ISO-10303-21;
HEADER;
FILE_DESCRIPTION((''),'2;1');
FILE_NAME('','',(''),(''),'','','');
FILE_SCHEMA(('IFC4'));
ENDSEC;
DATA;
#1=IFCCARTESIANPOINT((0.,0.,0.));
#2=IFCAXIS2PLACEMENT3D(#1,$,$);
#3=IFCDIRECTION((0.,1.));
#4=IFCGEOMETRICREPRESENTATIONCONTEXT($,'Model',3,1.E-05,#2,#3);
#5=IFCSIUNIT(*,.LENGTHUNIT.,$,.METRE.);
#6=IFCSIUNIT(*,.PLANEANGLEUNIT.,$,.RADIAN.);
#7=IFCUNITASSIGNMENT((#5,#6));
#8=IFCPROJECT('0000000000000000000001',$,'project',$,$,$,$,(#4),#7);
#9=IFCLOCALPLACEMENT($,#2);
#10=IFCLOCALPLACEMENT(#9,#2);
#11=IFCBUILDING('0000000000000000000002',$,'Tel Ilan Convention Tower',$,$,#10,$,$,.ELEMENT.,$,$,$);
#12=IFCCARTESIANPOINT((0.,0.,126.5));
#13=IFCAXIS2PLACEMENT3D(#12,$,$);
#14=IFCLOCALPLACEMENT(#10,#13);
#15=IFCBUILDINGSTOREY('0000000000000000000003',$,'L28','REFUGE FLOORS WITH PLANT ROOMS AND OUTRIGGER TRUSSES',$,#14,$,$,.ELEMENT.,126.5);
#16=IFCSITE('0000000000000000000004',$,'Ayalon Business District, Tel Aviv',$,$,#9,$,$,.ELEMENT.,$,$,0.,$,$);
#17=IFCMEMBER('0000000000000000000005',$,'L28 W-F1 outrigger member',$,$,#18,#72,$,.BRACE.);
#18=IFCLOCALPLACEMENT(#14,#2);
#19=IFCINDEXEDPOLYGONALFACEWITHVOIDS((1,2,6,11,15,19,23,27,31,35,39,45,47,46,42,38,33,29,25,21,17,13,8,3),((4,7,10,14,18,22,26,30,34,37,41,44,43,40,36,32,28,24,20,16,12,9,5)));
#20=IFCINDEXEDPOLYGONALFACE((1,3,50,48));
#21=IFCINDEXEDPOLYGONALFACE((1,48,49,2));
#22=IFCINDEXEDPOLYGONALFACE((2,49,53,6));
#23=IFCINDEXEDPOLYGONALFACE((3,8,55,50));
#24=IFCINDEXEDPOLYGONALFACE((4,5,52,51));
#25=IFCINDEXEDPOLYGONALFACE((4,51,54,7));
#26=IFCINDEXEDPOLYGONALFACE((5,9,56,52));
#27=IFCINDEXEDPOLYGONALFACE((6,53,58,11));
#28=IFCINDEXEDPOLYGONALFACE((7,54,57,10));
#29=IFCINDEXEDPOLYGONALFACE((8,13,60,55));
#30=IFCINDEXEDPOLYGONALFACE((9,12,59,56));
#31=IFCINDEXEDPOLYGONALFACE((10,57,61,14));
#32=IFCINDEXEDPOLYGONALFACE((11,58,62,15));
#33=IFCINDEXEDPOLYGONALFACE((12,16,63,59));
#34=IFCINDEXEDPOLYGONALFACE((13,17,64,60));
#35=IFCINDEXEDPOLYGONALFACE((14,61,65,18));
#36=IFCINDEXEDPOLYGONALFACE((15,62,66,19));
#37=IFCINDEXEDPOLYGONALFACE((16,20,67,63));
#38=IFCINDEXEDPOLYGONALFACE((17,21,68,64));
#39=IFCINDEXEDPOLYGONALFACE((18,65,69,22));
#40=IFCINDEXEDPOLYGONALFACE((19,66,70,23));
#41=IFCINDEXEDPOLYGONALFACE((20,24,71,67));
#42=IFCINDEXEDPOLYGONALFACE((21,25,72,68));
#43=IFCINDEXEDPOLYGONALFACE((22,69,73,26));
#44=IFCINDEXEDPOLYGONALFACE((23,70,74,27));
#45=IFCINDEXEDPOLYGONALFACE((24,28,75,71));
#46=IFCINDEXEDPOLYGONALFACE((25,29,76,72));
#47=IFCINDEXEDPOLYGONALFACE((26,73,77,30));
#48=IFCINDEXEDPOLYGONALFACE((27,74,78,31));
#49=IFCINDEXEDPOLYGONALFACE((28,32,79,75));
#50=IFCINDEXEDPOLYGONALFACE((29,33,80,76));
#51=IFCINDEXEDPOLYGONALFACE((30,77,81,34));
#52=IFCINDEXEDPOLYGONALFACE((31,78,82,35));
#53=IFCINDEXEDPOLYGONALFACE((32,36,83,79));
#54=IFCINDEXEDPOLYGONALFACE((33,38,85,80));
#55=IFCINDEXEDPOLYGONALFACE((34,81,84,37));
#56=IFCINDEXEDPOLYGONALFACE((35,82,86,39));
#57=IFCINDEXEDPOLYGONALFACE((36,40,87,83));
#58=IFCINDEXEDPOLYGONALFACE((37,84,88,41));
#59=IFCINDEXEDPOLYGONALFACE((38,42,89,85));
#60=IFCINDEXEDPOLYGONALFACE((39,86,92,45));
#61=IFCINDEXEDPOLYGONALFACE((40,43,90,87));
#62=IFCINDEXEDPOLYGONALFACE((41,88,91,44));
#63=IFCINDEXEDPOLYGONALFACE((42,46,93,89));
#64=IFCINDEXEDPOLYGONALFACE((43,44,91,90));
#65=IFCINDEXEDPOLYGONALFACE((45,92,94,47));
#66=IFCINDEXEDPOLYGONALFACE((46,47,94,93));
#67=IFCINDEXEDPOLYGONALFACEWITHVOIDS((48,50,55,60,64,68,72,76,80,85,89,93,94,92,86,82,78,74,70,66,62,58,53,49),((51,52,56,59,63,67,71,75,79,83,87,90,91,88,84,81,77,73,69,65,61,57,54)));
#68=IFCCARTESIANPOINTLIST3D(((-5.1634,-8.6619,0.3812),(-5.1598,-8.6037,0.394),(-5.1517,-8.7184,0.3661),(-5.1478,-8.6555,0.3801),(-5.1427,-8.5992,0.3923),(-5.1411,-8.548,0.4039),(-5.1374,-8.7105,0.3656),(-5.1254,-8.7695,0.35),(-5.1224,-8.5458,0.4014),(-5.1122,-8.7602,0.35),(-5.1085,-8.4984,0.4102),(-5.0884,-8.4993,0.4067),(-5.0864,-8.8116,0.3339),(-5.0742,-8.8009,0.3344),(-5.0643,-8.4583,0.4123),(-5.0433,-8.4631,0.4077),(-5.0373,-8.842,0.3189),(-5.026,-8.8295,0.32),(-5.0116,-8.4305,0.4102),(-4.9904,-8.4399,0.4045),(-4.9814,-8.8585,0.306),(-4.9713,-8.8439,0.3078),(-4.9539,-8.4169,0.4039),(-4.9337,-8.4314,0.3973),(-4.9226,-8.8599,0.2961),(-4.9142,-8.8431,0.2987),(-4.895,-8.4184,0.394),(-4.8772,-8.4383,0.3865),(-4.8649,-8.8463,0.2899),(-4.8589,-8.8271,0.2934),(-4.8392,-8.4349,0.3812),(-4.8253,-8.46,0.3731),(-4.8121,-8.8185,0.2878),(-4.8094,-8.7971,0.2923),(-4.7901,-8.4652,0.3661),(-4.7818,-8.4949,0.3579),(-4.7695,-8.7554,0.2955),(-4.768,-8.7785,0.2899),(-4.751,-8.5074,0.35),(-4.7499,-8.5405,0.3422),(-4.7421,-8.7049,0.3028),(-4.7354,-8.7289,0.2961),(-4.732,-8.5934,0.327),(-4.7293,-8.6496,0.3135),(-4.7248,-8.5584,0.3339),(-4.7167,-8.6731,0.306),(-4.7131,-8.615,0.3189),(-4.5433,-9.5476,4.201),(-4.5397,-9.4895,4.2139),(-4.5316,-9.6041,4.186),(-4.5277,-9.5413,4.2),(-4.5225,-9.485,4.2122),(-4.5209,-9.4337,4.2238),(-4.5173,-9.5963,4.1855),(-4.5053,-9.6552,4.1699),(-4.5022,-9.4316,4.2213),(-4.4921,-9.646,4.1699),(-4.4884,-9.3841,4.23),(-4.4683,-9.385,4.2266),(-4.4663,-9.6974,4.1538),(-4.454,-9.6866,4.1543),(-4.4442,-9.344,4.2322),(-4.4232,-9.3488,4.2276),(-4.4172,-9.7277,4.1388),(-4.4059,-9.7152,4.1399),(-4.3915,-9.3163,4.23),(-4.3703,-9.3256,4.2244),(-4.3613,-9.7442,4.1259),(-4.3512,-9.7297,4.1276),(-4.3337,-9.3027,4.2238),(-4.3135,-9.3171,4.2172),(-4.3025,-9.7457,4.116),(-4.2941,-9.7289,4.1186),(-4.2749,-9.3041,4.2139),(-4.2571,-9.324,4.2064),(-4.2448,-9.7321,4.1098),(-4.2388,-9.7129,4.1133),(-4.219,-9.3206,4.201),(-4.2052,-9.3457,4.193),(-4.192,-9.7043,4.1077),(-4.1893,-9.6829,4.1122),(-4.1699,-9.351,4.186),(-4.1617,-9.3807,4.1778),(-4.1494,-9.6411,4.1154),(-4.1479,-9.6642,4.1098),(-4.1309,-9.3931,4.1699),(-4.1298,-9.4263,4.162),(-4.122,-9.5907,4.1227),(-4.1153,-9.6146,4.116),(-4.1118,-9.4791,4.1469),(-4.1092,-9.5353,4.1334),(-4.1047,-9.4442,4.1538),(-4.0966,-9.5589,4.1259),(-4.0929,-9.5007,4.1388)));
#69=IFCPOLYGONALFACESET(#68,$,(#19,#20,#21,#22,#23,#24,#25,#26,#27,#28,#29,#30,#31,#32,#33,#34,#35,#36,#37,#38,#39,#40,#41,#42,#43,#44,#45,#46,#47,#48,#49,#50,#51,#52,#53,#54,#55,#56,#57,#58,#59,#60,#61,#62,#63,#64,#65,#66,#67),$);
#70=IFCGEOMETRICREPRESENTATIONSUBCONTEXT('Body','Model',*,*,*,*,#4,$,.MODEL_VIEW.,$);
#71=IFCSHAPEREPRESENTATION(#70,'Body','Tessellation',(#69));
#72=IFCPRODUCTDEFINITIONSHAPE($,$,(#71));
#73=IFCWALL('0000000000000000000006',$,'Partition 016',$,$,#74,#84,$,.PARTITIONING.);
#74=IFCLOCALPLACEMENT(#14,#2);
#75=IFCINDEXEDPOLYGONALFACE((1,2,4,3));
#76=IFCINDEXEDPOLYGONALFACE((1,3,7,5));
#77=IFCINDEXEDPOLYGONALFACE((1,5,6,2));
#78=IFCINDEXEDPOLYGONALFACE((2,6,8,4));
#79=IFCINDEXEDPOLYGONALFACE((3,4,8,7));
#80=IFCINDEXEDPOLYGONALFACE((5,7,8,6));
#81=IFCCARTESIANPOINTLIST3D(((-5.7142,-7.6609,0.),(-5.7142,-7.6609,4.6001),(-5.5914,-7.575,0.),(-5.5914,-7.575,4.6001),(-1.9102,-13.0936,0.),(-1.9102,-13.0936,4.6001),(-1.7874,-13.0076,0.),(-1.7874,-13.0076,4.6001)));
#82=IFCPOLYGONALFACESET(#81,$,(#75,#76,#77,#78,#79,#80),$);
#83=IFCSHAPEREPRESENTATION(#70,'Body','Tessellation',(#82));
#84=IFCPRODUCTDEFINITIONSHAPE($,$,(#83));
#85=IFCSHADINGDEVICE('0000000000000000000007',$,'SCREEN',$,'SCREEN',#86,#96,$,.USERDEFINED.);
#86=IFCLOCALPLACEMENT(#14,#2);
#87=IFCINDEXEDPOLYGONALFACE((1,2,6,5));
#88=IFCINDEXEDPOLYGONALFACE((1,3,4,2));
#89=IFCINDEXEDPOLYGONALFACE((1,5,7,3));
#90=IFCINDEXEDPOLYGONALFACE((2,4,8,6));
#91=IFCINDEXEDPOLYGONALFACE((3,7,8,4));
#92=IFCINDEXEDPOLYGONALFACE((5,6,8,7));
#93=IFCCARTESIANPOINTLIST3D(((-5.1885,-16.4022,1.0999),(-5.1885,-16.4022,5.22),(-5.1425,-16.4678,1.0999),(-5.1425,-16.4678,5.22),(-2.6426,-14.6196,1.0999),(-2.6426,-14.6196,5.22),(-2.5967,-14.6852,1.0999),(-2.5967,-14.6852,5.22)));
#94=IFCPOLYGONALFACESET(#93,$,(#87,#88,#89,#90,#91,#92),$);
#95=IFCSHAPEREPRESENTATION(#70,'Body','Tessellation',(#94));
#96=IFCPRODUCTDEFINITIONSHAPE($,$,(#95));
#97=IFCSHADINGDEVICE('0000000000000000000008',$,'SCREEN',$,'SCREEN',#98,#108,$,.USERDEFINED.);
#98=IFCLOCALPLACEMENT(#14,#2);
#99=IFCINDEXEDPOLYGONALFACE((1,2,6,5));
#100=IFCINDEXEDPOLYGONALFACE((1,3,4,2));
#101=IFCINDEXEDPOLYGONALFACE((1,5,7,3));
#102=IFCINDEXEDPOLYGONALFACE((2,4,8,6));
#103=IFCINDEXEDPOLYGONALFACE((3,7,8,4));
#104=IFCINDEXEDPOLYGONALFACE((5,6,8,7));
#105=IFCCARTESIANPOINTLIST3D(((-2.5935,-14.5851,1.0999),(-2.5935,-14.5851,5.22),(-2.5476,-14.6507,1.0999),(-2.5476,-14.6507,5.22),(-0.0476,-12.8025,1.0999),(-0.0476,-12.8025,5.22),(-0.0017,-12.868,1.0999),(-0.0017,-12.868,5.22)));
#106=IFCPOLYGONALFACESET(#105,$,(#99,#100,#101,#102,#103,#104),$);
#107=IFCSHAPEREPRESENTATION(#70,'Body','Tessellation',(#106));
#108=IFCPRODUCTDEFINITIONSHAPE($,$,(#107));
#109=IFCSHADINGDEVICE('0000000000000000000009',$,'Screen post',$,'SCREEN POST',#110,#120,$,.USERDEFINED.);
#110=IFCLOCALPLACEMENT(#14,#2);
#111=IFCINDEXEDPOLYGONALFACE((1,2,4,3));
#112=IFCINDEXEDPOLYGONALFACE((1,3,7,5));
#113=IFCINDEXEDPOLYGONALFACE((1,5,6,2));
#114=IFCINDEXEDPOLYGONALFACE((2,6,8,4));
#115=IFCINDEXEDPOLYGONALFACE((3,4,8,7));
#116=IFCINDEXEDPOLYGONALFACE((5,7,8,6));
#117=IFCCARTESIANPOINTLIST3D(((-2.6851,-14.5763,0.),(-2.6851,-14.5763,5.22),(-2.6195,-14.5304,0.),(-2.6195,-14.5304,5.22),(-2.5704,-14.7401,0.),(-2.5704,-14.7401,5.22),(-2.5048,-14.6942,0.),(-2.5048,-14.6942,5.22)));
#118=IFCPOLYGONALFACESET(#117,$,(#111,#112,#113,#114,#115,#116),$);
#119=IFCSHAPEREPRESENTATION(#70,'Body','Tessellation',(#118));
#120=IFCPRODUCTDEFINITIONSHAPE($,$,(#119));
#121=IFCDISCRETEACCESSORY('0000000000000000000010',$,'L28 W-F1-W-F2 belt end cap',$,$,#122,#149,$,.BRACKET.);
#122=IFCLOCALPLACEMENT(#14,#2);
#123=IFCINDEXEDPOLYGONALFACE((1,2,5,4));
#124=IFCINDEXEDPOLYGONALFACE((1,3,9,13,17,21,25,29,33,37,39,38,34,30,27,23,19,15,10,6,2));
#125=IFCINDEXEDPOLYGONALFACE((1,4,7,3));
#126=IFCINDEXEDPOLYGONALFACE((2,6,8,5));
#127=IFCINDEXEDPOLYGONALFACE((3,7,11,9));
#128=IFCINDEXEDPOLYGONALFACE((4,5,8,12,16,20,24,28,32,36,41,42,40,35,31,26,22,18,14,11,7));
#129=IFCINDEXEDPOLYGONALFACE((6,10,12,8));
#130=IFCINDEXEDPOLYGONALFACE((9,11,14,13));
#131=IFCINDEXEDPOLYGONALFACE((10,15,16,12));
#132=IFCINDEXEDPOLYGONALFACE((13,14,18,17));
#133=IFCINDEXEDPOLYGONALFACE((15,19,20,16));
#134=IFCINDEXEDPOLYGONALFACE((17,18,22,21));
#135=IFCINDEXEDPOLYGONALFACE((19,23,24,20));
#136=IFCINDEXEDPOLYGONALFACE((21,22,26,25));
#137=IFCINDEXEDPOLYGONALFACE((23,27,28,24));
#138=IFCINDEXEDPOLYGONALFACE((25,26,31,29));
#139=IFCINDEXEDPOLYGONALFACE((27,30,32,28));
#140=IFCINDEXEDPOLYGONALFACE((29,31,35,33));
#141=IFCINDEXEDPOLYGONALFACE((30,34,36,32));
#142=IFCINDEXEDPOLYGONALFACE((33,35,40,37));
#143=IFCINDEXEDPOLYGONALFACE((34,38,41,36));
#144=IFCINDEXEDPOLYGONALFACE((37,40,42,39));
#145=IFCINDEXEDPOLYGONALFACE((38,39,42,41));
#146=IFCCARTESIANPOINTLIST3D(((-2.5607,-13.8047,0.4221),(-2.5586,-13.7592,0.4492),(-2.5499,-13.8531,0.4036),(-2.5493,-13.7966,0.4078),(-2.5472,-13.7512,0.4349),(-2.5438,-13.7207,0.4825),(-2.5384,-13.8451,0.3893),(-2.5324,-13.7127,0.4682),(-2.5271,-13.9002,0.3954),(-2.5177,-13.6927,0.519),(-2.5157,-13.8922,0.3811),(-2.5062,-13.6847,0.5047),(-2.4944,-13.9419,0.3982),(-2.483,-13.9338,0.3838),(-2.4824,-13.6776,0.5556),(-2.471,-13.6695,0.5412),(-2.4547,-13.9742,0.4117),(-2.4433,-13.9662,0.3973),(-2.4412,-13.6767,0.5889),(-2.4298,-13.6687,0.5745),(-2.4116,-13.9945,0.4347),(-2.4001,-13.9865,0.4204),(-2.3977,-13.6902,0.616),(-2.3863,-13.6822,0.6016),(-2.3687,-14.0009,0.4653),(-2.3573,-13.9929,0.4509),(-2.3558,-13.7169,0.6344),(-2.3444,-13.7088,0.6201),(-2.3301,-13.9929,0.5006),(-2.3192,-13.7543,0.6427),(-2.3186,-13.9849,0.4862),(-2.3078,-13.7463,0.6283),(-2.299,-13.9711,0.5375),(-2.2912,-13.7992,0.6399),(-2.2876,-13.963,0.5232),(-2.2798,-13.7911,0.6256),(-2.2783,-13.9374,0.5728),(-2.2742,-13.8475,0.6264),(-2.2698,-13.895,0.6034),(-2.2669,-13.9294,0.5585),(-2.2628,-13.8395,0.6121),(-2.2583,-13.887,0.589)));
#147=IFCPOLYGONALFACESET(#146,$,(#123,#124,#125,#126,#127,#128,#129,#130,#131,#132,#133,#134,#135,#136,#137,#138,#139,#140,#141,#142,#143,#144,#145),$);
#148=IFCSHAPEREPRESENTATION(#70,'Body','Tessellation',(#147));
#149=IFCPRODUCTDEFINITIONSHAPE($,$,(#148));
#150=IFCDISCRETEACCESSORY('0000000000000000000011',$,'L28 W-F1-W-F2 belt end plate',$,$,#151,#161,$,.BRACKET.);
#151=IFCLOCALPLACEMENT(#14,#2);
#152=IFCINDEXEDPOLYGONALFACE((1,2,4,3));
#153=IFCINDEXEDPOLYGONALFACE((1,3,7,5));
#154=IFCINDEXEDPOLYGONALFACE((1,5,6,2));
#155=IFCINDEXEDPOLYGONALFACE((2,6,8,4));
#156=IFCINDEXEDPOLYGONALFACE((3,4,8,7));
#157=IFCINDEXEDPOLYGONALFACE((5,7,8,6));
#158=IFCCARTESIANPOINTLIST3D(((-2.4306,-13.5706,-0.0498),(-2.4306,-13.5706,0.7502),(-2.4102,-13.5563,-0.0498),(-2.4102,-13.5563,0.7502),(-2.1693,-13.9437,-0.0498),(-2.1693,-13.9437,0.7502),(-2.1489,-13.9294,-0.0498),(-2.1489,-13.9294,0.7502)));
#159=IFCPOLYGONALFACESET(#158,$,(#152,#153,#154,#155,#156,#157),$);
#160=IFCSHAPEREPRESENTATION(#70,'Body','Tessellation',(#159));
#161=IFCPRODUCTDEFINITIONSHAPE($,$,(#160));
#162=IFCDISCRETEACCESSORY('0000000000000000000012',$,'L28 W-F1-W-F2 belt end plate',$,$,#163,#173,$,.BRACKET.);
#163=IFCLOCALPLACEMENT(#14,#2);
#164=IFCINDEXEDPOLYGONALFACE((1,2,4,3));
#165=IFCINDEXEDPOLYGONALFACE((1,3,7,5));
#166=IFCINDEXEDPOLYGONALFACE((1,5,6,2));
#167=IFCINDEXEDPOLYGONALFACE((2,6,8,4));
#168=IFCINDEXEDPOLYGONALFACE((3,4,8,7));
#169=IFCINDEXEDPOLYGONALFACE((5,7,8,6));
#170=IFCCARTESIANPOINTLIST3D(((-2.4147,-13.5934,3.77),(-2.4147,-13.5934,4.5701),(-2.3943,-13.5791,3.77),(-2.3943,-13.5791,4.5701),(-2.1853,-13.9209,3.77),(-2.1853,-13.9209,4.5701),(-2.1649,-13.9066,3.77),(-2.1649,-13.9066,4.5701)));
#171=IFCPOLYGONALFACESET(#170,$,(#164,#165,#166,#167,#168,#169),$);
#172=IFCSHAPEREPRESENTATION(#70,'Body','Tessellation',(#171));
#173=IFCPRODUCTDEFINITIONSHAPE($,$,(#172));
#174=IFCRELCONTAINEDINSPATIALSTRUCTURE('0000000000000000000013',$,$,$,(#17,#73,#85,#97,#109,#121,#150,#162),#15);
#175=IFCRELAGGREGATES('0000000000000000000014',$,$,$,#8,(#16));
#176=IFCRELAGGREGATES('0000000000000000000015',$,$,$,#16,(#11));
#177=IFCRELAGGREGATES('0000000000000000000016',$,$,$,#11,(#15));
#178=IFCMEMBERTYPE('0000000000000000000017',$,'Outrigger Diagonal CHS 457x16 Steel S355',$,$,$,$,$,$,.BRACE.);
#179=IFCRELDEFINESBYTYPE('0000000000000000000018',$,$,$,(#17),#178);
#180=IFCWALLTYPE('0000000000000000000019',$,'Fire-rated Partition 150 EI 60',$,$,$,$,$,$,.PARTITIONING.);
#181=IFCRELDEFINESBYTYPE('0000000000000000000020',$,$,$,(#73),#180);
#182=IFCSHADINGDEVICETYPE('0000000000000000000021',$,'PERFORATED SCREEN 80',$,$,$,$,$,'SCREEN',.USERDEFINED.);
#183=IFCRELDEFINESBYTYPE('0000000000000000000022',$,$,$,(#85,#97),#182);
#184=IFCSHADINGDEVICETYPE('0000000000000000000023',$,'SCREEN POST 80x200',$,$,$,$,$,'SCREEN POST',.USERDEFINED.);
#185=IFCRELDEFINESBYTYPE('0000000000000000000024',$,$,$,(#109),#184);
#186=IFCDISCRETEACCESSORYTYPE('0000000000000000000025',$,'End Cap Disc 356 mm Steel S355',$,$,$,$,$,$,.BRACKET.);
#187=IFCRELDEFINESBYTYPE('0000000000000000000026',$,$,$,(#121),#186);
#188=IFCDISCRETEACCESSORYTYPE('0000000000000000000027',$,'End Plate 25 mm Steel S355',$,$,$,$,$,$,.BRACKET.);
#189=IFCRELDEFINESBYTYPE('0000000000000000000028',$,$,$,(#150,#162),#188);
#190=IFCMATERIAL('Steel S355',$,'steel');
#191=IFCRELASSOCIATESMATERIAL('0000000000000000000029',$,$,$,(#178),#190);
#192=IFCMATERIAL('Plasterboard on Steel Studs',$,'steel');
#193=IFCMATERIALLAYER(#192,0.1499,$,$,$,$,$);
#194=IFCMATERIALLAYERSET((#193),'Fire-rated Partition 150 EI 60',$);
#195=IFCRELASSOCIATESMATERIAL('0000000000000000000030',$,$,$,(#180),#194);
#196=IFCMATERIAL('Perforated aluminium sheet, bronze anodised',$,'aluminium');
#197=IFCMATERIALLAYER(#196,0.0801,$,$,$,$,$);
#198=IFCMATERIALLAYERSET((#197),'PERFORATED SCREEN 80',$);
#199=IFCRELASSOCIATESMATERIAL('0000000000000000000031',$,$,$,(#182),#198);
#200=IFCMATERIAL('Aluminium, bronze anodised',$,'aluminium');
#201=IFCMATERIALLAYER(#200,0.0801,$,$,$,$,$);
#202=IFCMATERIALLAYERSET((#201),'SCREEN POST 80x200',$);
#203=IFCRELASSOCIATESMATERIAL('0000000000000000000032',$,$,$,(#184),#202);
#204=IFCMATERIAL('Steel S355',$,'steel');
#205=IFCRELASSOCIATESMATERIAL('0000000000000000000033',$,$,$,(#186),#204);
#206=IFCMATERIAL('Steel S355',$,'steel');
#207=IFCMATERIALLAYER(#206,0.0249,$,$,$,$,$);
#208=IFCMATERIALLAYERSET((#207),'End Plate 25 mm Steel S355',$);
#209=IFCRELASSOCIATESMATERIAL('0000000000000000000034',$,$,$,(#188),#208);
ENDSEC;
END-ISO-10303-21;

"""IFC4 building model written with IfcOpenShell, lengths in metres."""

from ifc_helpers import new_model, si_unit, direction, frame, frame_2d, origin, origin_2d, place, context, subcontext, project, spatial, rectangle, circle, hollow_circle, extrude, material, layer, layer_set, material_profile, profile_set, type_object, element, save


model = new_model("IFC4")

# Units and contexts
model_context = context("Model", 3, precision=1e-05, world=origin(), true_north=direction((0.0, 1.0)))
body_context = subcontext(model_context, "Body", "Model", "MODEL_VIEW")
ifc_project = project(units=[si_unit("LENGTHUNIT", "METRE"), si_unit("PLANEANGLEUNIT", "RADIAN")], contexts=[model_context])

# Site, building, storey
site_placement = place(None, origin())
site = spatial("IfcSite", under=ifc_project, at=site_placement, Name="Ayalon Business District, Tel Aviv", CompositionType="ELEMENT", RefElevation=0.0)
building_placement = place(site_placement, origin())
building = spatial("IfcBuilding", under=site, at=building_placement, Name="Tel Ilan Convention Tower", CompositionType="ELEMENT")
storey_placement = place(building_placement, frame((0.0, 0.0, 126.5)))
storey = spatial("IfcBuildingStorey", under=building, at=storey_placement, Name="L28", Description="REFUGE FLOORS WITH PLANT ROOMS AND OUTRIGGER TRUSSES", CompositionType="ELEMENT", Elevation=126.5)

# Member
ifc_material_1 = material(Name="Steel S355", Category="steel")
ifc_material_profile_1 = material_profile(ifc_material_1, hollow_circle(Radius=0.2285, WallThickness=0.0161, at=origin_2d()), Name="CHS 457x16")
ifc_profile_set_1 = profile_set([ifc_material_profile_1], Name="Steel S355")
member_type_1 = type_object("IfcMemberType", Name="Outrigger Diagonal CHS 457x16 Steel S355", PredefinedType="BRACE", material=ifc_profile_set_1)
for number, where, z_axis, x_axis, name in (
    (1, (-4.3181, -9.5242, 4.1699), (-0.156205, 0.223114, -0.962195), (-0.819189, -0.573523, 0.0), "L28 W-F1 outrigger member"),
):
    element("IfcMember", number, at=place(storey_placement, frame(where, z_axis=z_axis, x_axis=x_axis)), inside=storey, type_object=member_type_1, Name=name, PredefinedType="BRACE", context=body_context, shape_type="SweptSolid", body=[
        extrude(hollow_circle(Radius=0.2285, WallThickness=0.0161, at=origin_2d()), origin(), (0.0, 0.0, 1.0), 3.97),
    ])

# Wall
ifc_material_2 = material(Name="Plasterboard on Steel Studs", Category="steel")
ifc_layer_1 = layer(ifc_material_2, 0.1499)
ifc_layer_set_1 = layer_set([ifc_layer_1], Name="Fire-rated Partition 150 EI 60")
wall_type = type_object("IfcWallType", Name="Fire-rated Partition 150 EI 60", PredefinedType="PARTITIONING", material=ifc_layer_set_1)
wall_placement = place(storey_placement, frame((-1.8489, -13.0505, 0.0), z_axis=(0.0, 0.0, 1.0), x_axis=(-0.573576, 0.819152, 0.0)))
element("IfcWall", 2, at=wall_placement, inside=storey, type_object=wall_type, Name="Partition 016", PredefinedType="PARTITIONING", context=body_context, shape_type="SweptSolid", body=[
    extrude(rectangle(XDim=6.6321, YDim=0.1499, at=frame_2d((3.3159, 0.0))), origin(), (0.0, 0.0, 1.0), 4.6001),
])

# Shading devices
ifc_material_3 = material(Name="Perforated aluminium sheet, bronze anodised", Category="aluminium")
ifc_layer_2 = layer(ifc_material_3, 0.0801)
ifc_layer_set_2 = layer_set([ifc_layer_2], Name="PERFORATED SCREEN 80")
shading_device_type_1 = type_object("IfcShadingDeviceType", Name="PERFORATED SCREEN 80", ElementType="SCREEN", PredefinedType="USERDEFINED", material=ifc_layer_set_2)
for number, where, z_axis, x_axis, name in (
    (3, (-3.8926, -15.5437, 1.0999), (0.0, 0.0, 1.0), (0.819152, 0.573576, 0.0), "SCREEN"),
    (4, (-1.2976, -13.7266, 1.0999), (0.0, 0.0, 1.0), (0.819152, 0.573576, 0.0), "SCREEN"),
):
    element("IfcShadingDevice", number, at=place(storey_placement, frame(where, z_axis=z_axis, x_axis=x_axis)), inside=storey, type_object=shading_device_type_1, Name=name, ObjectType="SCREEN", PredefinedType="USERDEFINED", context=body_context, shape_type="SweptSolid", body=[
        extrude(rectangle(XDim=3.1079, YDim=0.0801, at=origin_2d()), origin(), (0.0, 0.0, 1.0), 4.1201),
    ])
ifc_material_4 = material(Name="Aluminium, bronze anodised", Category="aluminium")
ifc_layer_3 = layer(ifc_material_4, 0.0801)
ifc_layer_set_3 = layer_set([ifc_layer_3], Name="SCREEN POST 80x200")
shading_device_type_2 = type_object("IfcShadingDeviceType", Name="SCREEN POST 80x200", ElementType="SCREEN POST", PredefinedType="USERDEFINED", material=ifc_layer_set_3)
shading_device_placement = place(storey_placement, frame((-2.595, -14.6353, 0.0), z_axis=(0.0, 0.0, 1.0), x_axis=(0.819152, 0.573576, 0.0)))
element("IfcShadingDevice", 5, at=shading_device_placement, inside=storey, type_object=shading_device_type_2, Name="Screen post", ObjectType="SCREEN POST", PredefinedType="USERDEFINED", context=body_context, shape_type="SweptSolid", body=[
    extrude(rectangle(XDim=0.0801, YDim=0.2, at=origin_2d()), origin(), (0.0, 0.0, 1.0), 5.22),
])

# Discrete accessories
ifc_material_5 = material(Name="Steel S355", Category="steel")
ifc_material_profile_2 = material_profile(ifc_material_5, circle(Radius=0.1777, at=origin_2d()), Name="End Cap Disc 356 mm Steel S355")
ifc_profile_set_2 = profile_set([ifc_material_profile_2], Name="Steel S355")
discrete_accessory_type_1 = type_object("IfcDiscreteAccessoryType", Name="End Cap Disc 356 mm Steel S355", PredefinedType="BRACKET", material=ifc_profile_set_2)
discrete_accessory_1_placement = place(storey_placement, frame((-2.4155, -13.8381, 0.519), z_axis=(0.570841, 0.400803, -0.716587), x_axis=(-0.57463, 0.818413, 0.0)))
element("IfcDiscreteAccessory", 6, at=discrete_accessory_1_placement, inside=storey, type_object=discrete_accessory_type_1, Name="L28 W-F1-W-F2 belt end cap", PredefinedType="BRACKET", context=body_context, shape_type="SweptSolid", body=[
    extrude(circle(Radius=0.1777, at=origin_2d()), origin(), (0.0, 0.0, 1.0), 0.02),
])
ifc_material_6 = material(Name="Steel S355", Category="steel")
ifc_layer_4 = layer(ifc_material_6, 0.0249)
ifc_layer_set_4 = layer_set([ifc_layer_4], Name="End Plate 25 mm Steel S355")
discrete_accessory_type_2 = type_object("IfcDiscreteAccessoryType", Name="End Plate 25 mm Steel S355", PredefinedType="BRACKET", material=ifc_layer_set_4)
discrete_accessory_2_placement = place(storey_placement, frame((-2.2898, -13.75, -0.0498), z_axis=(0.0, 0.0, 1.0), x_axis=(0.819152, 0.573576, 0.0)))
element("IfcDiscreteAccessory", 7, at=discrete_accessory_2_placement, inside=storey, type_object=discrete_accessory_type_2, Name="L28 W-F1-W-F2 belt end plate", PredefinedType="BRACKET", context=body_context, shape_type="SweptSolid", body=[
    extrude(rectangle(XDim=0.0249, YDim=0.4556, at=origin_2d()), origin(), (0.0, 0.0, 1.0), 0.8),
])
discrete_accessory_3_placement = place(storey_placement, frame((-2.2898, -13.75, 3.77), z_axis=(0.0, 0.0, 1.0), x_axis=(0.819152, 0.573576, 0.0)))
element("IfcDiscreteAccessory", 8, at=discrete_accessory_3_placement, inside=storey, type_object=discrete_accessory_type_2, Name="L28 W-F1-W-F2 belt end plate", PredefinedType="BRACKET", context=body_context, shape_type="SweptSolid", body=[
    extrude(rectangle(XDim=0.0249, YDim=0.3999, at=origin_2d()), origin(), (0.0, 0.0, 1.0), 0.8),
])

save(model, "model.ifc")
